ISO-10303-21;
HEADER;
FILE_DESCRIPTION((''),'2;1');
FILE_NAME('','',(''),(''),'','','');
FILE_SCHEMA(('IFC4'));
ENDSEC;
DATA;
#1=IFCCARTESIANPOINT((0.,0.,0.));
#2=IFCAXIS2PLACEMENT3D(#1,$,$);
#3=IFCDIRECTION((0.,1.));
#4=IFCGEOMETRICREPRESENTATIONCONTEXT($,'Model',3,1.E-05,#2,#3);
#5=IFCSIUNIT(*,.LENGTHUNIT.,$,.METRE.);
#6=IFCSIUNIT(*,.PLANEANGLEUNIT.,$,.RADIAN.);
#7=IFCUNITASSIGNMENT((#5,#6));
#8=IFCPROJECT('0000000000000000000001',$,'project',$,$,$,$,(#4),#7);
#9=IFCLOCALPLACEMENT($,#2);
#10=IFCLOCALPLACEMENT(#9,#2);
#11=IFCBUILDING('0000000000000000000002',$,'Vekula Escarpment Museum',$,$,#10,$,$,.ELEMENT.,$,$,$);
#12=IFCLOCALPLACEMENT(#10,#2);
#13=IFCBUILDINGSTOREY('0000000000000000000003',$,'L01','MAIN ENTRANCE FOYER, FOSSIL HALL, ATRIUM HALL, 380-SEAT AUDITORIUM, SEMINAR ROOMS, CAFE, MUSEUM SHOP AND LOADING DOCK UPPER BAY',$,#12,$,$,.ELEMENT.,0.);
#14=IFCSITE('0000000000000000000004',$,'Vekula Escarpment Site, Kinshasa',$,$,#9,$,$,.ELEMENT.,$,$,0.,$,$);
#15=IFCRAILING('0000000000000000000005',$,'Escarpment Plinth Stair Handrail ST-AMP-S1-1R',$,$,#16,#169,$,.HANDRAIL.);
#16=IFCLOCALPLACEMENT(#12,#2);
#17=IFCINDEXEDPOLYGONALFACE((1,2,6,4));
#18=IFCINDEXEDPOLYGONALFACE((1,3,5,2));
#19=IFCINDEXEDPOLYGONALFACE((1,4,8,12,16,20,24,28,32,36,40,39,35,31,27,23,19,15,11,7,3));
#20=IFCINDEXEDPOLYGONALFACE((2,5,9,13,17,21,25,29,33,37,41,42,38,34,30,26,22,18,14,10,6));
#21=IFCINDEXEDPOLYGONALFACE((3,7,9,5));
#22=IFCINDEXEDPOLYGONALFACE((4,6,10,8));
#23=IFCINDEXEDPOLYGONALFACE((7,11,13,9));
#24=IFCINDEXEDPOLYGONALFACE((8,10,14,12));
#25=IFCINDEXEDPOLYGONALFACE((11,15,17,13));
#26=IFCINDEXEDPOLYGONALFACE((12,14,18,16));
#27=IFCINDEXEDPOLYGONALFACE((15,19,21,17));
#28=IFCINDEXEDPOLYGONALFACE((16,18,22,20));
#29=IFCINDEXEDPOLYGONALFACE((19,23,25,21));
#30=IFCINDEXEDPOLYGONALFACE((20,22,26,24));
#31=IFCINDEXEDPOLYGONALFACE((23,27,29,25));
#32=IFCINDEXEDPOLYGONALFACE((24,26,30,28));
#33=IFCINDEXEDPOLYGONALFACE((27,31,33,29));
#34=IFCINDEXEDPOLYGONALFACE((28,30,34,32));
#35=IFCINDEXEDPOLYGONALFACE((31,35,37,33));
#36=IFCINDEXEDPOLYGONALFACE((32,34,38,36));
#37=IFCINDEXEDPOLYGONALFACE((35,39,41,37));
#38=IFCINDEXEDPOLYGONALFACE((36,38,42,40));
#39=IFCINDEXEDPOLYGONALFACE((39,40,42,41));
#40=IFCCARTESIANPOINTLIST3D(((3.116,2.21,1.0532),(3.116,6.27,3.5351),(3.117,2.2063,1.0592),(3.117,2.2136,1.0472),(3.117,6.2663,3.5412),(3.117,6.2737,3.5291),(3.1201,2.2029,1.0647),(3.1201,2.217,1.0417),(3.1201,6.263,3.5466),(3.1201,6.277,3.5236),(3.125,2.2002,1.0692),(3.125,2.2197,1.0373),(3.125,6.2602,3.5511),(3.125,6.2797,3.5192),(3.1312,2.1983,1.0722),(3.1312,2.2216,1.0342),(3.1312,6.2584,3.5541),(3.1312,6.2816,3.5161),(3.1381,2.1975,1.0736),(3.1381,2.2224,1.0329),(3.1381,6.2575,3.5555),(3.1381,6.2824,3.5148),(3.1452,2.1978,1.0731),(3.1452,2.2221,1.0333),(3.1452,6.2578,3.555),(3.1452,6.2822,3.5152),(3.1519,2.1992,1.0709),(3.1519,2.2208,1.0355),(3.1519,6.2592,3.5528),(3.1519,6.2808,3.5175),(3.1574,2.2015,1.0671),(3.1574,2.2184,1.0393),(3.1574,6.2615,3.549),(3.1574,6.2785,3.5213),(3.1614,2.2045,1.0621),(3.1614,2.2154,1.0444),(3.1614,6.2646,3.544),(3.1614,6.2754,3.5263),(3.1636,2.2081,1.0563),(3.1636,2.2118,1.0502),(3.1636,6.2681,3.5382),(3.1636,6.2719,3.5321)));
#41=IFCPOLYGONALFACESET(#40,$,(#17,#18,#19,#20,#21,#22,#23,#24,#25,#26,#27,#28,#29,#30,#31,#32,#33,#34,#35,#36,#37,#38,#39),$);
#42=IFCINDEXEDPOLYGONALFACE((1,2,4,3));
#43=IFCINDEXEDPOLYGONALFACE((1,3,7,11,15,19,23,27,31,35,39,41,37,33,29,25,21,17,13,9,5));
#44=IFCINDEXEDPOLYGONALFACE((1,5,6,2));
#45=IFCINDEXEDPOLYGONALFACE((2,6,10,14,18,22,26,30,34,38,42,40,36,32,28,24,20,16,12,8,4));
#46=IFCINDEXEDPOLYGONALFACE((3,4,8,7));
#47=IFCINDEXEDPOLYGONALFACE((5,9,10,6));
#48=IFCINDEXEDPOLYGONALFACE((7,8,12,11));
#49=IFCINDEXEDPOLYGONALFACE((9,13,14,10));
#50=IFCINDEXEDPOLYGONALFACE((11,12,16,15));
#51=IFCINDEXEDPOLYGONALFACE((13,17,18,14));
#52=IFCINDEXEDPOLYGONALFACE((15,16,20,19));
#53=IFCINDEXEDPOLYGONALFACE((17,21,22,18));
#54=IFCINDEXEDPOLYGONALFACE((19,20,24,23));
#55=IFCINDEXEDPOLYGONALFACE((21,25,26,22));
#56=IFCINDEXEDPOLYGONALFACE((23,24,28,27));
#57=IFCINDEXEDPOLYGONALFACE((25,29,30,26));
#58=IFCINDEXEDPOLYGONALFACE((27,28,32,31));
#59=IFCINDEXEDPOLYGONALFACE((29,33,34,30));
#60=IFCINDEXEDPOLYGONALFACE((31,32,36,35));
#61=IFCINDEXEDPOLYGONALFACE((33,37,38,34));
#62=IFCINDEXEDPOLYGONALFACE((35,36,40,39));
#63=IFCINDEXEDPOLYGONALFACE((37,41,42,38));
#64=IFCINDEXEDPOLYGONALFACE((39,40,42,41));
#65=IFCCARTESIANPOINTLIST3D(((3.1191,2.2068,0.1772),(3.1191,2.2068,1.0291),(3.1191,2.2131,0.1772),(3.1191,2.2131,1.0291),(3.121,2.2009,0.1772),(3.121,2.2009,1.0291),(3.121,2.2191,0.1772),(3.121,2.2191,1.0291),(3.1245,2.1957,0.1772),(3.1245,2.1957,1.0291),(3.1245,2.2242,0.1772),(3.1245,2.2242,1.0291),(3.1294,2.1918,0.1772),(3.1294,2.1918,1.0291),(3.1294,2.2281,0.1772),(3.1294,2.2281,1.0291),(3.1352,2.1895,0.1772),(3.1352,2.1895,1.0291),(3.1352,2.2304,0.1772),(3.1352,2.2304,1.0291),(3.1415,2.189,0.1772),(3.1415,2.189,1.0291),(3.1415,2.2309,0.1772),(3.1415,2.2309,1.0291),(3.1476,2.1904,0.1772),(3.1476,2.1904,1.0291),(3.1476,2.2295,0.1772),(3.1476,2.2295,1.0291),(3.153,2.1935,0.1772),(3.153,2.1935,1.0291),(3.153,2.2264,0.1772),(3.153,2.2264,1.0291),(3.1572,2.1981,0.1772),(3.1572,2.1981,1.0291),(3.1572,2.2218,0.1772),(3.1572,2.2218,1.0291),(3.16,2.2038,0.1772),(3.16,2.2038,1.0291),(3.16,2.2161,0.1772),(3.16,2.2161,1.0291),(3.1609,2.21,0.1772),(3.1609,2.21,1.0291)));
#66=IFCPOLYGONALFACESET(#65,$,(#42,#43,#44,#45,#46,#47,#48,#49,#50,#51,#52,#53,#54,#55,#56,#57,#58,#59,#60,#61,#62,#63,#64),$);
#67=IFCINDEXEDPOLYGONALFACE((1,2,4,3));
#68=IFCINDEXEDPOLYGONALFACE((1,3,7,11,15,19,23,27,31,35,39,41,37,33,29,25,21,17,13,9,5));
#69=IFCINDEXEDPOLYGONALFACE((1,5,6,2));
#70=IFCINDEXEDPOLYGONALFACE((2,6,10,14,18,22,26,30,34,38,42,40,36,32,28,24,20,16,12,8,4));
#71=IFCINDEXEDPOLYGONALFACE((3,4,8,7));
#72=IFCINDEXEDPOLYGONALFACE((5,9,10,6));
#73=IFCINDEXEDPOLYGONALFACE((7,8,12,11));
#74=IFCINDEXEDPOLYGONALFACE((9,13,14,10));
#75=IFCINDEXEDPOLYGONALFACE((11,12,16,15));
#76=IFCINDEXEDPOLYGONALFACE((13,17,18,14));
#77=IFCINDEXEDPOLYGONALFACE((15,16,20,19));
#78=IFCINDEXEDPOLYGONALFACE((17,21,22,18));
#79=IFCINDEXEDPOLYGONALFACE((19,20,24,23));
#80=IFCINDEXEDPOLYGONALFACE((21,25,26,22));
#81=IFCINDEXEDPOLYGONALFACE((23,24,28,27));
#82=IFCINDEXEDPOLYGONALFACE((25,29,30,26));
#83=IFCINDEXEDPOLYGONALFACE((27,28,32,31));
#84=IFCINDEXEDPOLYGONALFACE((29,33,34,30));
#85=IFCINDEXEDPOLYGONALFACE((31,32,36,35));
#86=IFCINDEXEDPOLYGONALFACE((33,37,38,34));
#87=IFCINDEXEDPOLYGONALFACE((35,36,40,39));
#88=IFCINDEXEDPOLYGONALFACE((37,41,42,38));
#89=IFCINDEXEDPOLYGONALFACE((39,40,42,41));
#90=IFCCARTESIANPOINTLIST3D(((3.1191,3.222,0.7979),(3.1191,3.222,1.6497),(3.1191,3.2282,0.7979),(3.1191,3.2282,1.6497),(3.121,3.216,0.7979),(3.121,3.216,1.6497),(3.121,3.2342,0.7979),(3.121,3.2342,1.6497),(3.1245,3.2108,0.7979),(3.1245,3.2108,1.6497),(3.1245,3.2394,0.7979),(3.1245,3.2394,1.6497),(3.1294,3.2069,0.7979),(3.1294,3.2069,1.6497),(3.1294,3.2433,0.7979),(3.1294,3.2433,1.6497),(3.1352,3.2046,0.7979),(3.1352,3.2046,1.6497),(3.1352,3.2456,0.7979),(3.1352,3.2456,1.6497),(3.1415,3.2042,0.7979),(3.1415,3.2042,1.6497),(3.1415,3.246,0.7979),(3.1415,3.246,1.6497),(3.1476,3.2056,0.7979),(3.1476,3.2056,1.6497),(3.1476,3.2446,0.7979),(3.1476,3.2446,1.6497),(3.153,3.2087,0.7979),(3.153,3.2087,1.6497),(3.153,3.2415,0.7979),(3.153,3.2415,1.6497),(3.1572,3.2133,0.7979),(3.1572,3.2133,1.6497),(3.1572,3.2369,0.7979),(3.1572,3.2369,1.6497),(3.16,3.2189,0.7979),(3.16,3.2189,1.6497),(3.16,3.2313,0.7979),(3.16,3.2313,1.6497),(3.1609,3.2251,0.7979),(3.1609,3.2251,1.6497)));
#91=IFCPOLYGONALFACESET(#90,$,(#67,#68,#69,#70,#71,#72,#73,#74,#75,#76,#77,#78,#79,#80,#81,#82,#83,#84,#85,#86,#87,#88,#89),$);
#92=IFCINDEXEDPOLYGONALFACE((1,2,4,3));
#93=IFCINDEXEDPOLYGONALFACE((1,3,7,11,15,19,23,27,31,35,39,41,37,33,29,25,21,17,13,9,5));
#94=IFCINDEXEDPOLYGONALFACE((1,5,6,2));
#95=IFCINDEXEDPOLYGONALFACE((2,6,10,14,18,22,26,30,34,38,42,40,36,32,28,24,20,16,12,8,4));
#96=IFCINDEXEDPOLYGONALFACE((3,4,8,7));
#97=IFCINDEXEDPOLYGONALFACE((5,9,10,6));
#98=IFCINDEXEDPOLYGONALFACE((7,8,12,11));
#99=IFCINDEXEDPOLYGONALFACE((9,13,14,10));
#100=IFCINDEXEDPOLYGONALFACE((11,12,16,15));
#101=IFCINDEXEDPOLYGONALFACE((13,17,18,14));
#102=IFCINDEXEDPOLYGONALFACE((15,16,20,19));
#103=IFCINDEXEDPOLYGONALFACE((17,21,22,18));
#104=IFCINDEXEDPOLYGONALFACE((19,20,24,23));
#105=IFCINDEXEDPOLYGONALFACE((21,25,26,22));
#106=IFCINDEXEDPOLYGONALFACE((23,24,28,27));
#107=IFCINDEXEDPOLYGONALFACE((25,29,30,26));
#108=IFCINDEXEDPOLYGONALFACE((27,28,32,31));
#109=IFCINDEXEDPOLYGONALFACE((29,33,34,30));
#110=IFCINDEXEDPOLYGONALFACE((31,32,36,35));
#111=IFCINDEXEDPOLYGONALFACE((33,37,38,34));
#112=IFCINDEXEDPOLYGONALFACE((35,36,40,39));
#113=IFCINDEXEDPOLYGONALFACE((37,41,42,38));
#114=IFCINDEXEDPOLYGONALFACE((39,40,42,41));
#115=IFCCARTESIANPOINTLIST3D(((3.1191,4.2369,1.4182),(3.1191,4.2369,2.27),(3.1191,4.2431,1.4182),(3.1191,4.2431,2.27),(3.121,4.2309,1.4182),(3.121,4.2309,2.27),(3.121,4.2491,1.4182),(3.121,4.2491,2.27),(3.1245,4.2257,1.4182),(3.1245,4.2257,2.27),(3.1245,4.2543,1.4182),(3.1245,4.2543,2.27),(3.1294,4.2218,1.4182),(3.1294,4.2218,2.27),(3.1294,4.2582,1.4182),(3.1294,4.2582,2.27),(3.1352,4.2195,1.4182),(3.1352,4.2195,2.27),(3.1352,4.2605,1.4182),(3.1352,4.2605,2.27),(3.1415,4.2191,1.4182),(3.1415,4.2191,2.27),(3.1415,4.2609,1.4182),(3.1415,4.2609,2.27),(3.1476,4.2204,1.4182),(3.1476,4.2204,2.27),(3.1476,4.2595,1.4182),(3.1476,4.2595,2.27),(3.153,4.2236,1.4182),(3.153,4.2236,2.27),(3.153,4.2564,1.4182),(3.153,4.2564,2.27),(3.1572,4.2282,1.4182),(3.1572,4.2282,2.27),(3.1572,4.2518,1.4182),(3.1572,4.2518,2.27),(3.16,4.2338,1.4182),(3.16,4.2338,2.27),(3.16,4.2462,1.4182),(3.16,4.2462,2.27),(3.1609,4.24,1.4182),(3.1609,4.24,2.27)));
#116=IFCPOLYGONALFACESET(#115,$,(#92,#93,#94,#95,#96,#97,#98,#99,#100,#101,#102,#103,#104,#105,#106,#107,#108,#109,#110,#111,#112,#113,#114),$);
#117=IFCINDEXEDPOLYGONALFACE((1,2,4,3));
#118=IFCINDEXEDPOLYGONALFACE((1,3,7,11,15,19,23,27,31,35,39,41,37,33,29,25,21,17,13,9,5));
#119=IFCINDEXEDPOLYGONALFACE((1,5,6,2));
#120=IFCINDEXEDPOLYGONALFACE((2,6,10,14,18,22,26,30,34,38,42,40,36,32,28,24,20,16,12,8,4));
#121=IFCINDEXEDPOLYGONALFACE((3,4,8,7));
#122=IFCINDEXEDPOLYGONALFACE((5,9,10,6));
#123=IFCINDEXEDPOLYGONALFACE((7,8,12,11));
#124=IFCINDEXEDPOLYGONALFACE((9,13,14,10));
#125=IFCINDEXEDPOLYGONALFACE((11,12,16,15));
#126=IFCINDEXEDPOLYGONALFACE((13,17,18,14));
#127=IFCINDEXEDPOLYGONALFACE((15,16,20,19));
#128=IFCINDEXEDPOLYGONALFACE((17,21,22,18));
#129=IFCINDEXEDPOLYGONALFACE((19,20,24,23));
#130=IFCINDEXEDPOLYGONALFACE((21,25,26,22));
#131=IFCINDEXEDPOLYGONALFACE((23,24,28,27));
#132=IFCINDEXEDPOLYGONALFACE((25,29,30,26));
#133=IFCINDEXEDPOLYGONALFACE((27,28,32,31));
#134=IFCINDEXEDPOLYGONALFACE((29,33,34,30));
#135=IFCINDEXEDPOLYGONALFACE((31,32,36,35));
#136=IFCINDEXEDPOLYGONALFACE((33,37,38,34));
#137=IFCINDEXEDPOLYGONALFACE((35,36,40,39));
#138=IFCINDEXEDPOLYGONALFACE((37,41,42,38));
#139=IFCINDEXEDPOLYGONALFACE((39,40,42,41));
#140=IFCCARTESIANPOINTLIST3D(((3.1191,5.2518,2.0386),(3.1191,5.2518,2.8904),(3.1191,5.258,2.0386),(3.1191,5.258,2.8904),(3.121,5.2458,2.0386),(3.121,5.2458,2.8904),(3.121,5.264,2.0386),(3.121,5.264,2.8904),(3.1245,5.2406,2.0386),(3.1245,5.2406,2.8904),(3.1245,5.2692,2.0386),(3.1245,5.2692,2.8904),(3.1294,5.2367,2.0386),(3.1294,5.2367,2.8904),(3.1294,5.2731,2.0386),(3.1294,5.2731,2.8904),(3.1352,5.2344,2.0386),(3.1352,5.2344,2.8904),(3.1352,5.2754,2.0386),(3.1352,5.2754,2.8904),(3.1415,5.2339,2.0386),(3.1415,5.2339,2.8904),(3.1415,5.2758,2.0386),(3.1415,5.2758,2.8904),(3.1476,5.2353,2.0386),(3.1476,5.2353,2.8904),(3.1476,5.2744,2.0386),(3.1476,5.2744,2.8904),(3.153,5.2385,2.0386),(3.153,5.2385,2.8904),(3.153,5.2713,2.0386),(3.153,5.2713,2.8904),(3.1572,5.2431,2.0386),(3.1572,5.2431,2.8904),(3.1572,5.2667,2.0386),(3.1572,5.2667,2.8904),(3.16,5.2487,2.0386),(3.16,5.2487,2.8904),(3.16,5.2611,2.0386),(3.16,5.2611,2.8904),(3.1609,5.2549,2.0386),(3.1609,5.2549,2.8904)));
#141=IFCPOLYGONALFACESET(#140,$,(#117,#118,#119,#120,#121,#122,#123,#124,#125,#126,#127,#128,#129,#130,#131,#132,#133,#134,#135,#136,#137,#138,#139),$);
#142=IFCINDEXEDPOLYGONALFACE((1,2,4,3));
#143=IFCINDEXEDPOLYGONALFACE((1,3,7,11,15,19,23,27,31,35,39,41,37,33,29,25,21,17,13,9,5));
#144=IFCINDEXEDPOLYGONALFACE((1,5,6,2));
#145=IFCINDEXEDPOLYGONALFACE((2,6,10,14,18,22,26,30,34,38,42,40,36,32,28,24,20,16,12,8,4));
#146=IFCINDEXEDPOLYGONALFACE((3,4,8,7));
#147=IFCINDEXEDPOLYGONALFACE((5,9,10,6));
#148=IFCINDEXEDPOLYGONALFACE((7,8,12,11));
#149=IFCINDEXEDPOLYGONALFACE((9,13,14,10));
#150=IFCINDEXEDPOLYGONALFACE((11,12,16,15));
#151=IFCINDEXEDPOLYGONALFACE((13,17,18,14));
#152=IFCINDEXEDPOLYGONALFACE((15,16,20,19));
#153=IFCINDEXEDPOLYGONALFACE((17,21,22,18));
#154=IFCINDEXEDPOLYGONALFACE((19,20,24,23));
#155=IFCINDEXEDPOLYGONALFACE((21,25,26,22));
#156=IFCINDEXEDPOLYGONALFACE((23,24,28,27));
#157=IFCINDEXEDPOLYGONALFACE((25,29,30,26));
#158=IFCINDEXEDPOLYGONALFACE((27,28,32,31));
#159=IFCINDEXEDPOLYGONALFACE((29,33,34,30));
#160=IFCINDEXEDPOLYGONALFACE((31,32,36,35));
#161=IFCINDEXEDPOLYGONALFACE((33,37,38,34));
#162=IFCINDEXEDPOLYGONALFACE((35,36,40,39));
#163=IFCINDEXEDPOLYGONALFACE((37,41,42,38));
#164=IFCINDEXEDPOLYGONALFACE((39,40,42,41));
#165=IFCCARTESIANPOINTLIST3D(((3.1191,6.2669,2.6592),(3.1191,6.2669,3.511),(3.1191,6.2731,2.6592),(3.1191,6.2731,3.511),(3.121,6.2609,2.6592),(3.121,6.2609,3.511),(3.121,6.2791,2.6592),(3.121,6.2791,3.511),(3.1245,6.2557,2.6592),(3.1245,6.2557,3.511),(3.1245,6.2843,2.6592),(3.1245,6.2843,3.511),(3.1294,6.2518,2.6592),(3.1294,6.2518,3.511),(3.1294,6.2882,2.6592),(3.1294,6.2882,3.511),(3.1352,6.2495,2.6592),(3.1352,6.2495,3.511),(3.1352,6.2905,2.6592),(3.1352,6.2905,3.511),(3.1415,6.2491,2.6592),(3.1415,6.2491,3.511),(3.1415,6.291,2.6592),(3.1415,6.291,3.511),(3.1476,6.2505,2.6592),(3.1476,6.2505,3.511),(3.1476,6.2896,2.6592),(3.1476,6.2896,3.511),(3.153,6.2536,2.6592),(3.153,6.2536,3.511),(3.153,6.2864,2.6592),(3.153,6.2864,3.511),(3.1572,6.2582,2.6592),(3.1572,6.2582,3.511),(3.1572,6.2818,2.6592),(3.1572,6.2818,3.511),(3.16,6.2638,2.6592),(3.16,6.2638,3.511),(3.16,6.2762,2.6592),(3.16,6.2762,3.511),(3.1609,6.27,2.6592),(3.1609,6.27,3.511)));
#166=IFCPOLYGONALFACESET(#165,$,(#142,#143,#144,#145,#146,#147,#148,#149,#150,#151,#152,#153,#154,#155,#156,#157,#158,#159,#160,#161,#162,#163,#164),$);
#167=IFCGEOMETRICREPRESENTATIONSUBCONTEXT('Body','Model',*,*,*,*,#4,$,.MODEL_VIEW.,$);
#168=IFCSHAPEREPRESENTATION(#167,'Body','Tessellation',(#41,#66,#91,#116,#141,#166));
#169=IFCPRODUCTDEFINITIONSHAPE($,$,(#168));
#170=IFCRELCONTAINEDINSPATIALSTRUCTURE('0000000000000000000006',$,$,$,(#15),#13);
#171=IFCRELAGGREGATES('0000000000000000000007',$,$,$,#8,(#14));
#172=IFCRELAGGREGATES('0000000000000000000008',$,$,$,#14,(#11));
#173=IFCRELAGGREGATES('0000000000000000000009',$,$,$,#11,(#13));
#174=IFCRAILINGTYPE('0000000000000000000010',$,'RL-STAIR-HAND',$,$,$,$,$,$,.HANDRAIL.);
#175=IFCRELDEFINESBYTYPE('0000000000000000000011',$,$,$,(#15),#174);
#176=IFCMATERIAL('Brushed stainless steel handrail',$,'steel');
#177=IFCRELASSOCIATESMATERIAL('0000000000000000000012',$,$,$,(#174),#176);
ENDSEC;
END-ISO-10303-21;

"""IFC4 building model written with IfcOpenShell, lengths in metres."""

from ifc_helpers import new_model, si_unit, direction, frame, origin, origin_2d, place, context, subcontext, project, spatial, circle, extrude, material, type_object, element, save


model = new_model("IFC4")

# Units and contexts
model_context = context("Model", 3, precision=1e-05, world=origin(), true_north=direction((0.0, 1.0)))
body_context = subcontext(model_context, "Body", "Model", "MODEL_VIEW")
ifc_project = project(units=[si_unit("LENGTHUNIT", "METRE"), si_unit("PLANEANGLEUNIT", "RADIAN")], contexts=[model_context])

# Site, building, storey
site_placement = place(None, origin())
site = spatial("IfcSite", under=ifc_project, at=site_placement, Name="Vekula Escarpment Site, Kinshasa", CompositionType="ELEMENT", RefElevation=0.0)
building_placement = place(site_placement, origin())
building = spatial("IfcBuilding", under=site, at=building_placement, Name="Vekula Escarpment Museum", CompositionType="ELEMENT")
storey_placement = place(building_placement, origin())
storey = spatial("IfcBuildingStorey", under=building, at=storey_placement, Name="L01", Description="MAIN ENTRANCE FOYER, FOSSIL HALL, ATRIUM HALL, 380-SEAT AUDITORIUM, SEMINAR ROOMS, CAFE, MUSEUM SHOP AND LOADING DOCK UPPER BAY", CompositionType="ELEMENT", Elevation=0.0)

# Railing
ifc_material_1 = material(Name="Brushed stainless steel handrail", Category="steel")
railing_type_1 = type_object("IfcRailingType", Name="RL-STAIR-HAND", PredefinedType="HANDRAIL", material=ifc_material_1)
for number, where, name in (
    (1, (3.1399, 2.21, 0.1772), "Escarpment Plinth Stair Handrail ST-AMP-S1-1R"),
):
    element("IfcRailing", number, at=place(storey_placement, frame(where)), inside=storey, type_object=railing_type_1, Name=name, PredefinedType="HANDRAIL", context=body_context, shape_type="SweptSolid", body=[
        extrude(circle(Radius=0.0239, at=origin_2d()), frame((0.0, 0.0, 0.876), z_axis=(0.0, 0.853208, 0.52157), x_axis=(-1.0, 0.0, 0.0)), (0.0, 0.0, 1.0), 4.7585),
        extrude(circle(Radius=0.021, at=origin_2d()), origin(), (0.0, 0.0, 1.0), 0.8518),
        extrude(circle(Radius=0.021, at=origin_2d()), frame((0.0, 1.0151, 0.6206)), (0.0, 0.0, 1.0), 0.8518),
        extrude(circle(Radius=0.021, at=origin_2d()), frame((0.0, 2.03, 1.241)), (0.0, 0.0, 1.0), 0.8518),
        extrude(circle(Radius=0.021, at=origin_2d()), frame((0.0, 3.0449, 1.8613)), (0.0, 0.0, 1.0), 0.8518),
        extrude(circle(Radius=0.021, at=origin_2d()), frame((0.0, 4.0601, 2.4819)), (0.0, 0.0, 1.0), 0.8518),
    ])

save(model, "model.ifc")
